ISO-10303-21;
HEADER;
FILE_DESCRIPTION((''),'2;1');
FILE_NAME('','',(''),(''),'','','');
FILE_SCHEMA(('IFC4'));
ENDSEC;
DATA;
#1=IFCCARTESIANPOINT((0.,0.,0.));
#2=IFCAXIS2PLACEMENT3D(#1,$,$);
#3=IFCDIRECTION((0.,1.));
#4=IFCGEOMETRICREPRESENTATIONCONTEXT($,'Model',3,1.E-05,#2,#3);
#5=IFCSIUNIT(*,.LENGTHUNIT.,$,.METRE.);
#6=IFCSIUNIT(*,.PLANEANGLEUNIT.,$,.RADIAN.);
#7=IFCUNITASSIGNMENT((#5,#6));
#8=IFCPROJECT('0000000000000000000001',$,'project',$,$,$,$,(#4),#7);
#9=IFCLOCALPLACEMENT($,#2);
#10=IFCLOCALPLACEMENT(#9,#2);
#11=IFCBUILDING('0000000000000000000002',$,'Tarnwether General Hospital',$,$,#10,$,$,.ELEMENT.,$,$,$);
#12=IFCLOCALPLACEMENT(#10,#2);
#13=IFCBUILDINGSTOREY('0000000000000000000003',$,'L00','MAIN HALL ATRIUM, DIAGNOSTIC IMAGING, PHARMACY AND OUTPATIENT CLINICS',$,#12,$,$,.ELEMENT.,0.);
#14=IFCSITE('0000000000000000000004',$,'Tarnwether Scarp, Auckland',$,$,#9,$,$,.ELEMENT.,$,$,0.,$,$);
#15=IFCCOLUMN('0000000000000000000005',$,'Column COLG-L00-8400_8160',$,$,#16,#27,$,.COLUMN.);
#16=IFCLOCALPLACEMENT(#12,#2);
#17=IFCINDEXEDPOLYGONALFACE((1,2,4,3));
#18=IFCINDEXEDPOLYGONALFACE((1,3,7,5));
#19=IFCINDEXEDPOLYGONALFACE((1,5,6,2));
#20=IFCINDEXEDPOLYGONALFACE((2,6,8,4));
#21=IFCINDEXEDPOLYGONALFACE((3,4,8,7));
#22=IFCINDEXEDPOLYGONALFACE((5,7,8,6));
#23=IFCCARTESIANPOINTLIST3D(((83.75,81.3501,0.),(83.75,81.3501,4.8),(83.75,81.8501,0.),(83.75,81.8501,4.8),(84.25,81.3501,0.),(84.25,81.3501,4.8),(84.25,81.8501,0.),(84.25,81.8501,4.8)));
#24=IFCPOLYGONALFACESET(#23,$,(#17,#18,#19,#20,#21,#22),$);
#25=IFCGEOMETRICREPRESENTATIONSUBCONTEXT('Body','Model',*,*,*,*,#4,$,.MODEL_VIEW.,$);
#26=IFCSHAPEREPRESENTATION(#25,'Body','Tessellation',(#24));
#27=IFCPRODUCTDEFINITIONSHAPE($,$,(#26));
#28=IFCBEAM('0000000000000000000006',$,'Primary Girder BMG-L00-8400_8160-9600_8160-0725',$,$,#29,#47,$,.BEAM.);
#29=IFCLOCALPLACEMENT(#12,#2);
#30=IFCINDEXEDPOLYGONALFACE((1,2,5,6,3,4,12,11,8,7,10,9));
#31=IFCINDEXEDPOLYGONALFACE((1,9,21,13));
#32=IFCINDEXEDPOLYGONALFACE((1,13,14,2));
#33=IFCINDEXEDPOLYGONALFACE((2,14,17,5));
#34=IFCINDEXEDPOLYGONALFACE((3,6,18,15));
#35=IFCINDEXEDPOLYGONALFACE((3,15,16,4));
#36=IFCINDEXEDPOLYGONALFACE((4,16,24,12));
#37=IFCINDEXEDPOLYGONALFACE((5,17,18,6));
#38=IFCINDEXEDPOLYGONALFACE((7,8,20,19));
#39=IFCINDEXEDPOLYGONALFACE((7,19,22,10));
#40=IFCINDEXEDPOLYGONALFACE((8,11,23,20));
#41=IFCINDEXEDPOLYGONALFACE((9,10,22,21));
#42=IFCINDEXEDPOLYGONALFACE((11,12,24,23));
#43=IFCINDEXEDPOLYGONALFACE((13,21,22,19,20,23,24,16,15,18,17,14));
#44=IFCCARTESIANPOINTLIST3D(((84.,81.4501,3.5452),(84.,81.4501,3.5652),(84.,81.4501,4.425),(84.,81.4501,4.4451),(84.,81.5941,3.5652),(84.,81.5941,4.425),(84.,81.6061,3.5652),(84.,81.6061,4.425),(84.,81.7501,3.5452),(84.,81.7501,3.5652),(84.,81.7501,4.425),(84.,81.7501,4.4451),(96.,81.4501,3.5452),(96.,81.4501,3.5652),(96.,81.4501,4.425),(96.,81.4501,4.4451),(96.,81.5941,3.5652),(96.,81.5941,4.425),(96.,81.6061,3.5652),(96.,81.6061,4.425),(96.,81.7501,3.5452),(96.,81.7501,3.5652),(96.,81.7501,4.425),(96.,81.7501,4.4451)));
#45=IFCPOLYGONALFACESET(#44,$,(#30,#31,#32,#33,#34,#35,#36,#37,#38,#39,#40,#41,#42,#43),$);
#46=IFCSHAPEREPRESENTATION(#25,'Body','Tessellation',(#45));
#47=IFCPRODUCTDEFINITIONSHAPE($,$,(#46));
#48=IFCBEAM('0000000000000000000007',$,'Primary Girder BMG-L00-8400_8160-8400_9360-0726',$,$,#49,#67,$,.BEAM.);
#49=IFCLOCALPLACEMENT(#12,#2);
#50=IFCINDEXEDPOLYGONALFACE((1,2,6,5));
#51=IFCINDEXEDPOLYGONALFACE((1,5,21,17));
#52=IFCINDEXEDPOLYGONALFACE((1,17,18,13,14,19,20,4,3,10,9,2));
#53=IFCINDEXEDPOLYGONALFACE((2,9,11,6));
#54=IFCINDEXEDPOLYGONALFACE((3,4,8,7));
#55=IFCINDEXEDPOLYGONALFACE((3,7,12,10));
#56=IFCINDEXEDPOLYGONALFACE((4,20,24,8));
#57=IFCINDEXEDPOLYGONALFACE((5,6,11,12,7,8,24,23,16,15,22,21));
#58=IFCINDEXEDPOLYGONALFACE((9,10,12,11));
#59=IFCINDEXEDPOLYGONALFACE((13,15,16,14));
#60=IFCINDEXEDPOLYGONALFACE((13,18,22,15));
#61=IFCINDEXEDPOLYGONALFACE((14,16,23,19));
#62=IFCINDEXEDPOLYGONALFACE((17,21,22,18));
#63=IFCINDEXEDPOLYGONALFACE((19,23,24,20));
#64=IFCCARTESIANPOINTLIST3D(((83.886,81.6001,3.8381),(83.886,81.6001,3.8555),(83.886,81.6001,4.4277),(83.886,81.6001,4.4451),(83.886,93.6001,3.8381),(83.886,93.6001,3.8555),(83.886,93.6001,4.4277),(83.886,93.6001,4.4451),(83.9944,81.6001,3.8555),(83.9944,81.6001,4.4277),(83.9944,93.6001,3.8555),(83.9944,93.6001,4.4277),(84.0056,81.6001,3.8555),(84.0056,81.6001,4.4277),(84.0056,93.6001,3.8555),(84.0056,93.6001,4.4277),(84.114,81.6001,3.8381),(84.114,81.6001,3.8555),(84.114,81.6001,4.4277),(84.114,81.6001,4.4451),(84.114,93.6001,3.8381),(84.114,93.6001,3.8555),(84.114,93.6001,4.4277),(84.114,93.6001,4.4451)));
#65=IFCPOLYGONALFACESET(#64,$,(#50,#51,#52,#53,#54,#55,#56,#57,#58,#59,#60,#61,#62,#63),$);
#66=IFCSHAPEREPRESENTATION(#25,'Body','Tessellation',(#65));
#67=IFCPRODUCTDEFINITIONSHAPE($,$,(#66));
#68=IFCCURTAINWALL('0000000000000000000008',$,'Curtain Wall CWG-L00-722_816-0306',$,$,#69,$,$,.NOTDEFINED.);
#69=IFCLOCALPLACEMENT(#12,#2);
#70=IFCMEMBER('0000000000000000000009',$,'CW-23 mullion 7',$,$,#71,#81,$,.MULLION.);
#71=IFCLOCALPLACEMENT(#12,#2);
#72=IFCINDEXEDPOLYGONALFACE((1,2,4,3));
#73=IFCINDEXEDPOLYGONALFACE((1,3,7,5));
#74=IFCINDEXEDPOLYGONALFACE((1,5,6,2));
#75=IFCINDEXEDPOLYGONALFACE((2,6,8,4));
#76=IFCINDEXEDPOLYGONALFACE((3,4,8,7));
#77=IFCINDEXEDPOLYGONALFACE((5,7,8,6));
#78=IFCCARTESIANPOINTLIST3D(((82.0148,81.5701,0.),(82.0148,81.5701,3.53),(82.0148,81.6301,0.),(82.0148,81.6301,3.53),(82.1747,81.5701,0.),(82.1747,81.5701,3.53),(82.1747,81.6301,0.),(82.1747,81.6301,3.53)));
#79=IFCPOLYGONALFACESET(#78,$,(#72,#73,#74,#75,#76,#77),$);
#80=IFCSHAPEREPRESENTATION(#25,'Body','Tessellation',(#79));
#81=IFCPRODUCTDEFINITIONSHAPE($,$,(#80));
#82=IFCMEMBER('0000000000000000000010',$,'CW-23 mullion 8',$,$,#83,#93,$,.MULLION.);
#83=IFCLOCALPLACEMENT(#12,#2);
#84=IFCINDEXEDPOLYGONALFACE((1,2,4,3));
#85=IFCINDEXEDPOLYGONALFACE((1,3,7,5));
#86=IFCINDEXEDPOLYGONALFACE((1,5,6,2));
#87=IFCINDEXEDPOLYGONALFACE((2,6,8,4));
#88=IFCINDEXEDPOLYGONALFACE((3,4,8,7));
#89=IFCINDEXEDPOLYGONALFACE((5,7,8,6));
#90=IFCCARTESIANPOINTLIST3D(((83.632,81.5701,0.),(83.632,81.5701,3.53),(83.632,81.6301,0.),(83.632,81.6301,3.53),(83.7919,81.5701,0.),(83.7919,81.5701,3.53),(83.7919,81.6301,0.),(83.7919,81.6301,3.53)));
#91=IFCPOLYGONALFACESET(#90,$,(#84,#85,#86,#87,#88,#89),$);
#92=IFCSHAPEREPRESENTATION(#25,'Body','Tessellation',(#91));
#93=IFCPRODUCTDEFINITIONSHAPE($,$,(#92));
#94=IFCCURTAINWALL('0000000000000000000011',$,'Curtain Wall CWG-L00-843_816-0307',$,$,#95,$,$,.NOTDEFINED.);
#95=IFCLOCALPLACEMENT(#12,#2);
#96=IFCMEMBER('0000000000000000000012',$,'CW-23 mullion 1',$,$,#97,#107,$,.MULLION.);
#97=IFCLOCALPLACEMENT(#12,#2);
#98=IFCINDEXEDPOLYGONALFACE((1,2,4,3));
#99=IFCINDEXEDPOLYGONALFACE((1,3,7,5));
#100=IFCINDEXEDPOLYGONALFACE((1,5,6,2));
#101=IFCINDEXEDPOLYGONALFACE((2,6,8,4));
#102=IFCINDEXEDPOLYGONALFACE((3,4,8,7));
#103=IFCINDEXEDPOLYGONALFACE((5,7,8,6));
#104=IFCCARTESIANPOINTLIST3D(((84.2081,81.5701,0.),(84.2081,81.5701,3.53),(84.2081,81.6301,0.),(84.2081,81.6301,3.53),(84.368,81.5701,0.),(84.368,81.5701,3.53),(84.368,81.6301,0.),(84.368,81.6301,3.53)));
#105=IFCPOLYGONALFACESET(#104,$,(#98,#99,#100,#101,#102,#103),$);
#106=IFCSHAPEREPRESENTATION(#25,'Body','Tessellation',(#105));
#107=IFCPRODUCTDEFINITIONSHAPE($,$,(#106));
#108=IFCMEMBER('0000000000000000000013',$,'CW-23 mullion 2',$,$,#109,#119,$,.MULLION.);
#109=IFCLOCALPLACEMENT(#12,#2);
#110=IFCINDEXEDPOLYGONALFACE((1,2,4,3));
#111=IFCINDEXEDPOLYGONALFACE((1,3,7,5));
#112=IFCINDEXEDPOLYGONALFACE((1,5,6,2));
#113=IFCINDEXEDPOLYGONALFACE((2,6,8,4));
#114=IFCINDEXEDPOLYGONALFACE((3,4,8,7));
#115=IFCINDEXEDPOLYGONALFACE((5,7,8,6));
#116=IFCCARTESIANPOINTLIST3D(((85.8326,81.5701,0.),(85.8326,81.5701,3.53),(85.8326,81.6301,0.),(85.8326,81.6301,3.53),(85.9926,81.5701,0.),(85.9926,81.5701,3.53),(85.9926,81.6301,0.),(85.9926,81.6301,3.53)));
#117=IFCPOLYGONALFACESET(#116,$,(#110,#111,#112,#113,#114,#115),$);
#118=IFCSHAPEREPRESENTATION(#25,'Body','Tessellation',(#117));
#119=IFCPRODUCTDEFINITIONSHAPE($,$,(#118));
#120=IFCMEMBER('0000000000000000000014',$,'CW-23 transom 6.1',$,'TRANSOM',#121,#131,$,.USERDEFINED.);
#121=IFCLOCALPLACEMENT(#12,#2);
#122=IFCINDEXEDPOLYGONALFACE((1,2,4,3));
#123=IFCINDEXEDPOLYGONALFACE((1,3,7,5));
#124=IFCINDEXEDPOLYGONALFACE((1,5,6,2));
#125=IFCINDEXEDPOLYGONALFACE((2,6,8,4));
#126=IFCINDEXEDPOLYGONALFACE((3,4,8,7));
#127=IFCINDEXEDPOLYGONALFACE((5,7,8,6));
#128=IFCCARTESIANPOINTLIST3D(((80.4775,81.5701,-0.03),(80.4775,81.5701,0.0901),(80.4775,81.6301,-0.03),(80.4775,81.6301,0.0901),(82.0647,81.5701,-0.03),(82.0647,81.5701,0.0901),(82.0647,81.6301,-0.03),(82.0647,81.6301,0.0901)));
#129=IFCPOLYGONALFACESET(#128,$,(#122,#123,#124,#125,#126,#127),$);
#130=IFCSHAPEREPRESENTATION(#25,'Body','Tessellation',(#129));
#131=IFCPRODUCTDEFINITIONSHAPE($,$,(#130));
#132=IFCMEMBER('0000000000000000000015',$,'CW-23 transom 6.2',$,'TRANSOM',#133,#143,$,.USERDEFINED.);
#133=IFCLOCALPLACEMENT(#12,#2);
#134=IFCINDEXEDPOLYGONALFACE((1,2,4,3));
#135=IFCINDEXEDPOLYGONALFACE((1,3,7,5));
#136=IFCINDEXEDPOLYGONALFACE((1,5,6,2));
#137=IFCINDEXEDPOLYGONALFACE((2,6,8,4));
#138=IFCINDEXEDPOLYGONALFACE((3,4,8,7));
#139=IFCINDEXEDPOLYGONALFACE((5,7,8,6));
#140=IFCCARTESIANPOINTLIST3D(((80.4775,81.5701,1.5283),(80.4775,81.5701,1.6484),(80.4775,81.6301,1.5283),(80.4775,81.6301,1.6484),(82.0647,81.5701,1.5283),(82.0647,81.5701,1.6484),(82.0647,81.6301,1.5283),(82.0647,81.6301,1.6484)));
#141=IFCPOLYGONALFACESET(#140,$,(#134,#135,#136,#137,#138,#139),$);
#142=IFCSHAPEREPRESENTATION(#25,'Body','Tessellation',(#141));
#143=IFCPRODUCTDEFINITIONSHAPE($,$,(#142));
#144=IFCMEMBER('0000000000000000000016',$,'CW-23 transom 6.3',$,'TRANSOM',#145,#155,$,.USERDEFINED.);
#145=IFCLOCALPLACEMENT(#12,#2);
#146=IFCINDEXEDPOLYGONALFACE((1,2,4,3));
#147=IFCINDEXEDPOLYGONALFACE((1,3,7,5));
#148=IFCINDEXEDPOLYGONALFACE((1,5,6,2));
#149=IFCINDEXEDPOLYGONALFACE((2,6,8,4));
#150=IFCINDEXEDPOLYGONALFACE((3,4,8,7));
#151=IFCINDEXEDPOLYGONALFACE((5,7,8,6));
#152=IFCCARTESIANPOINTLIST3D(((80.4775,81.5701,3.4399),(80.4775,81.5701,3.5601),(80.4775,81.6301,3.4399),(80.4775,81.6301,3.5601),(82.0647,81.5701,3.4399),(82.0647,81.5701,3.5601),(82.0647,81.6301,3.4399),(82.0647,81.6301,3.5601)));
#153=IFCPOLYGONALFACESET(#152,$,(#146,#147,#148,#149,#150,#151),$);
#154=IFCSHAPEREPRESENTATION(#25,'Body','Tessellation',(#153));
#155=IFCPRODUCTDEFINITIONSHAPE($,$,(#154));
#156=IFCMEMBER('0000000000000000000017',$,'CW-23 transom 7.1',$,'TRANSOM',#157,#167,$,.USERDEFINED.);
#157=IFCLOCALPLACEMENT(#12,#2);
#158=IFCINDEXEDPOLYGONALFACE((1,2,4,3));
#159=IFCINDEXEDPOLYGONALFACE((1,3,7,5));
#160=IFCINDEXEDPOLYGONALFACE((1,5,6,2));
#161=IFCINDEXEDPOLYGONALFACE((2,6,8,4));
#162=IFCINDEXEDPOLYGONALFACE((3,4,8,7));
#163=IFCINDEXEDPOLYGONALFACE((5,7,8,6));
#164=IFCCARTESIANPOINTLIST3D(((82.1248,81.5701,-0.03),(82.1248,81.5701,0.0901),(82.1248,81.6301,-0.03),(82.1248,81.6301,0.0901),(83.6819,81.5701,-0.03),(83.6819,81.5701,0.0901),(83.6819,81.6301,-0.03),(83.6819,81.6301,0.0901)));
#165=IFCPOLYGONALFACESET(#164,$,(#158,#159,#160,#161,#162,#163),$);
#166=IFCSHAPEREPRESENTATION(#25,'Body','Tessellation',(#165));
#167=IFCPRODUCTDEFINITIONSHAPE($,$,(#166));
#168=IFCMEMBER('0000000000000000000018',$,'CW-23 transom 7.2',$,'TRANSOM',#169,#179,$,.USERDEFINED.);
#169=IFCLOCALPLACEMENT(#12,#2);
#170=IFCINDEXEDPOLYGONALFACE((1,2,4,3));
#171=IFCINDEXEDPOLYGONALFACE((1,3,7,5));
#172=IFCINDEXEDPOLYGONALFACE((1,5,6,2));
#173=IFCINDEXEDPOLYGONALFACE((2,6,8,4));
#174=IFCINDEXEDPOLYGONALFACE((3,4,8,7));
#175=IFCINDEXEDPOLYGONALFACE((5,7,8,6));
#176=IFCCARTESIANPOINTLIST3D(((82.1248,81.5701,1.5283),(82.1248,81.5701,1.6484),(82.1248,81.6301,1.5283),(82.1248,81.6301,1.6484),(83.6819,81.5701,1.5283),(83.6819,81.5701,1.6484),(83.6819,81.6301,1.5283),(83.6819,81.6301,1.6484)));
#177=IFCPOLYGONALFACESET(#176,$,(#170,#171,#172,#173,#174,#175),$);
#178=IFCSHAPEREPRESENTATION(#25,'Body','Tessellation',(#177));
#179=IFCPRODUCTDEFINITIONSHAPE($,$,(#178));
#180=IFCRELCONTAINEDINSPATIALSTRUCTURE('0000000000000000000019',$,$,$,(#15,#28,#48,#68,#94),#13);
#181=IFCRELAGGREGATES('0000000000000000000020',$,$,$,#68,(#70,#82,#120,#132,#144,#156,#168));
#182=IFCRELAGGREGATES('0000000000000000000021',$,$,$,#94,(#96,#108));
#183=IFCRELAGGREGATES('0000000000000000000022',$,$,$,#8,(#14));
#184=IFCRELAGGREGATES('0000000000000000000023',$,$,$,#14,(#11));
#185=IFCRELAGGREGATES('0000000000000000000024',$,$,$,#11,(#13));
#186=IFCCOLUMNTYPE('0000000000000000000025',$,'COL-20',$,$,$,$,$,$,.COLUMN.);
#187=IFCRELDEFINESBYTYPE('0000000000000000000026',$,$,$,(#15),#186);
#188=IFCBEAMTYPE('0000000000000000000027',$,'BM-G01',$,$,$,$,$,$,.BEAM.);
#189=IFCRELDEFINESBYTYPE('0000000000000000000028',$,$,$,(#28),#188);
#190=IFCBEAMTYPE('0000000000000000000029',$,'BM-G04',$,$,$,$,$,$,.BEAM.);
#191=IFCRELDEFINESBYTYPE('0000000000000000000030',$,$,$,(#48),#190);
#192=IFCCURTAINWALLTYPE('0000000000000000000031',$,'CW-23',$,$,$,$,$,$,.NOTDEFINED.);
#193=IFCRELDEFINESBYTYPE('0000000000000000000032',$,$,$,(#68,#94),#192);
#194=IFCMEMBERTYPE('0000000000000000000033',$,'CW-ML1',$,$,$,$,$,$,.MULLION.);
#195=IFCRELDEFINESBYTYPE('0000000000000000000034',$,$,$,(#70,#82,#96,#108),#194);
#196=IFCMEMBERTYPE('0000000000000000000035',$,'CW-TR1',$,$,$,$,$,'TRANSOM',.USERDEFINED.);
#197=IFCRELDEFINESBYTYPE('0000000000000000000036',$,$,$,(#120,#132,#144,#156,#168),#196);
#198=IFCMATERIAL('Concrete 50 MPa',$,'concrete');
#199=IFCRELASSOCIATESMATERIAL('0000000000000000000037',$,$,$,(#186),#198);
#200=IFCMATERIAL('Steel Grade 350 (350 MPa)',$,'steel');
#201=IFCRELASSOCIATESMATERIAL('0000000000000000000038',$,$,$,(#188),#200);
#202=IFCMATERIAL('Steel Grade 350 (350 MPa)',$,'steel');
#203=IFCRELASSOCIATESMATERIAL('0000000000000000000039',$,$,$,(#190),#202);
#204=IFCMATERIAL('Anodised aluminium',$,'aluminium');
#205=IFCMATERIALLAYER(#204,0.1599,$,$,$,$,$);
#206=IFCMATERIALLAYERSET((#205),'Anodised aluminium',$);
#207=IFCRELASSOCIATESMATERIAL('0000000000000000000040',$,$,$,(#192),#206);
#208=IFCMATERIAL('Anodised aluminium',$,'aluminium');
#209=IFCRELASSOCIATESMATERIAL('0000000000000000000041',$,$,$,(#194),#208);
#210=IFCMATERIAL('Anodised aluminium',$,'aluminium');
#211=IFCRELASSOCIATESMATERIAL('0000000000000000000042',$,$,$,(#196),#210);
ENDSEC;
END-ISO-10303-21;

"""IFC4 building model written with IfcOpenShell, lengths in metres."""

from ifc_helpers import new_model, si_unit, direction, frame, origin, origin_2d, place, context, subcontext, project, spatial, rectangle, i_section, extrude, material, layer, layer_set, material_profile, profile_set, type_object, element, aggregate, save


model = new_model("IFC4")

# Units and contexts
model_context = context("Model", 3, precision=1e-05, world=origin(), true_north=direction((0.0, 1.0)))
body_context = subcontext(model_context, "Body", "Model", "MODEL_VIEW")
ifc_project = project(units=[si_unit("LENGTHUNIT", "METRE"), si_unit("PLANEANGLEUNIT", "RADIAN")], contexts=[model_context])

# Site, building, storey
site_placement = place(None, origin())
site = spatial("IfcSite", under=ifc_project, at=site_placement, Name="Tarnwether Scarp, Auckland", CompositionType="ELEMENT", RefElevation=0.0)
building_placement = place(site_placement, origin())
building = spatial("IfcBuilding", under=site, at=building_placement, Name="Tarnwether General Hospital", CompositionType="ELEMENT")
storey_placement = place(building_placement, origin())
storey = spatial("IfcBuildingStorey", under=building, at=storey_placement, Name="L00", Description="MAIN HALL ATRIUM, DIAGNOSTIC IMAGING, PHARMACY AND OUTPATIENT CLINICS", CompositionType="ELEMENT", Elevation=0.0)

# Column
ifc_material_1 = material(Name="Concrete 50 MPa", Category="concrete")
ifc_material_profile_1 = material_profile(ifc_material_1, rectangle(XDim=0.5, YDim=0.5, at=origin_2d()), Name="RC-COL-500x500")
ifc_profile_set_1 = profile_set([ifc_material_profile_1], Name="Concrete 50 MPa")
column_type = type_object("IfcColumnType", Name="COL-20", PredefinedType="COLUMN", material=ifc_profile_set_1)
column_placement = place(storey_placement, frame((84.0, 81.6001, 0.0), z_axis=(0.0, 0.0, 1.0), x_axis=(0.0, 1.0, 0.0)))
element("IfcColumn", 1, at=column_placement, inside=storey, type_object=column_type, Name="Column COLG-L00-8400_8160", PredefinedType="COLUMN", context=body_context, shape_type="SweptSolid", body=[
    extrude(rectangle(XDim=0.5, YDim=0.5, at=origin_2d()), origin(), (0.0, 0.0, 1.0), 4.8),
])

# Beams
ifc_material_2 = material(Name="Steel Grade 350 (350 MPa)", Category="steel")
ifc_material_profile_2 = material_profile(ifc_material_2, i_section(OverallWidth=0.3, OverallDepth=0.8999, WebThickness=0.012, FlangeThickness=0.02, at=origin_2d()), Name="900WB175")
ifc_profile_set_2 = profile_set([ifc_material_profile_2], Name="Steel Grade 350 (350 MPa)")
beam_type_1 = type_object("IfcBeamType", Name="BM-G01", PredefinedType="BEAM", material=ifc_profile_set_2)
beam_1_placement = place(storey_placement, frame((84.0, 81.6001, 3.9951), z_axis=(1.0, 0.0, 0.0), x_axis=(0.0, 1.0, 0.0)))
element("IfcBeam", 2, at=beam_1_placement, inside=storey, type_object=beam_type_1, Name="Primary Girder BMG-L00-8400_8160-9600_8160-0725", PredefinedType="BEAM", context=body_context, shape_type="SweptSolid", body=[
    extrude(i_section(OverallWidth=0.3, OverallDepth=0.8999, WebThickness=0.012, FlangeThickness=0.02, at=origin_2d()), origin(), (0.0, 0.0, 1.0), 12.0),
])
ifc_material_3 = material(Name="Steel Grade 350 (350 MPa)", Category="steel")
ifc_material_profile_3 = material_profile(ifc_material_3, i_section(OverallWidth=0.228, OverallDepth=0.6069, WebThickness=0.0112, FlangeThickness=0.0173, at=origin_2d()), Name="610UB113")
ifc_profile_set_3 = profile_set([ifc_material_profile_3], Name="Steel Grade 350 (350 MPa)")
beam_type_2 = type_object("IfcBeamType", Name="BM-G04", PredefinedType="BEAM", material=ifc_profile_set_3)
beam_2_placement = place(storey_placement, frame((84.0, 81.6001, 4.1416), z_axis=(0.0, 1.0, 0.0), x_axis=(-1.0, 0.0, 0.0)))
element("IfcBeam", 3, at=beam_2_placement, inside=storey, type_object=beam_type_2, Name="Primary Girder BMG-L00-8400_8160-8400_9360-0726", PredefinedType="BEAM", context=body_context, shape_type="SweptSolid", body=[
    extrude(i_section(OverallWidth=0.228, OverallDepth=0.6069, WebThickness=0.0112, FlangeThickness=0.0173, at=origin_2d()), origin(), (0.0, 0.0, 1.0), 12.0),
])

# Curtain walls, members
ifc_material_4 = material(Name="Anodised aluminium", Category="aluminium")
ifc_layer_1 = layer(ifc_material_4, 0.1599)
ifc_layer_set_1 = layer_set([ifc_layer_1], Name="Anodised aluminium")
curtain_wall_type = type_object("IfcCurtainWallType", Name="CW-23", PredefinedType="NOTDEFINED", material=ifc_layer_set_1)
curtain_wall_1_placement = place(storey_placement, origin())
curtain_wall_1 = element("IfcCurtainWall", 4, at=curtain_wall_1_placement, inside=storey, type_object=curtain_wall_type, Name="Curtain Wall CWG-L00-722_816-0306", PredefinedType="NOTDEFINED")
ifc_material_5 = material(Name="Anodised aluminium", Category="aluminium")
ifc_material_profile_4 = material_profile(ifc_material_5, rectangle(XDim=0.0601, YDim=0.1599, at=origin_2d()), Name="ALU-MUL-60x160")
ifc_profile_set_4 = profile_set([ifc_material_profile_4], Name="Anodised aluminium")
member_type_1 = type_object("IfcMemberType", Name="CW-ML1", PredefinedType="MULLION", material=ifc_profile_set_4)
member_1_placement = place(storey_placement, frame((82.0947, 81.6001, 0.0), z_axis=(0.0, 0.0, 1.0), x_axis=(0.0, 1.0, 0.0)))
member_1 = element("IfcMember", 5, at=member_1_placement, type_object=member_type_1, Name="CW-23 mullion 7", PredefinedType="MULLION", context=body_context, shape_type="SweptSolid", body=[
    extrude(rectangle(XDim=0.0601, YDim=0.1599, at=origin_2d()), origin(), (0.0, 0.0, 1.0), 3.53),
])
member_2_placement = place(storey_placement, frame((83.7119, 81.6001, 0.0), z_axis=(0.0, 0.0, 1.0), x_axis=(0.0, 1.0, 0.0)))
member_2 = element("IfcMember", 6, at=member_2_placement, type_object=member_type_1, Name="CW-23 mullion 8", PredefinedType="MULLION", context=body_context, shape_type="SweptSolid", body=[
    extrude(rectangle(XDim=0.0601, YDim=0.1599, at=origin_2d()), origin(), (0.0, 0.0, 1.0), 3.53),
])
curtain_wall_2_placement = place(storey_placement, origin())
curtain_wall_2 = element("IfcCurtainWall", 7, at=curtain_wall_2_placement, inside=storey, type_object=curtain_wall_type, Name="Curtain Wall CWG-L00-843_816-0307", PredefinedType="NOTDEFINED")
member_3_placement = place(storey_placement, frame((84.2881, 81.6001, 0.0), z_axis=(0.0, 0.0, 1.0), x_axis=(0.0, 1.0, 0.0)))
member_3 = element("IfcMember", 8, at=member_3_placement, type_object=member_type_1, Name="CW-23 mullion 1", PredefinedType="MULLION", context=body_context, shape_type="SweptSolid", body=[
    extrude(rectangle(XDim=0.0601, YDim=0.1599, at=origin_2d()), origin(), (0.0, 0.0, 1.0), 3.53),
])
member_4_placement = place(storey_placement, frame((85.9126, 81.6001, 0.0), z_axis=(0.0, 0.0, 1.0), x_axis=(0.0, 1.0, 0.0)))
member_4 = element("IfcMember", 9, at=member_4_placement, type_object=member_type_1, Name="CW-23 mullion 2", PredefinedType="MULLION", context=body_context, shape_type="SweptSolid", body=[
    extrude(rectangle(XDim=0.0601, YDim=0.1599, at=origin_2d()), origin(), (0.0, 0.0, 1.0), 3.53),
])

# Members
ifc_material_6 = material(Name="Anodised aluminium", Category="aluminium")
ifc_material_profile_5 = material_profile(ifc_material_6, rectangle(XDim=0.0601, YDim=0.1201, at=origin_2d()), Name="ALU-TRN-60x120")
ifc_profile_set_5 = profile_set([ifc_material_profile_5], Name="Anodised aluminium")
member_type_2 = type_object("IfcMemberType", Name="CW-TR1", ElementType="TRANSOM", PredefinedType="USERDEFINED", material=ifc_profile_set_5)
member_5_placement = place(storey_placement, frame((80.4775, 81.6001, 0.03), z_axis=(1.0, 0.0, 0.0), x_axis=(0.0, 1.0, 0.0)))
member_5 = element("IfcMember", 10, at=member_5_placement, type_object=member_type_2, Name="CW-23 transom 6.1", ObjectType="TRANSOM", PredefinedType="USERDEFINED", context=body_context, shape_type="SweptSolid", body=[
    extrude(rectangle(XDim=0.0601, YDim=0.1201, at=origin_2d()), origin(), (0.0, 0.0, 1.0), 1.5872),
])
member_6_placement = place(storey_placement, frame((80.4775, 81.6001, 1.5884), z_axis=(1.0, 0.0, 0.0), x_axis=(0.0, 1.0, 0.0)))
member_6 = element("IfcMember", 11, at=member_6_placement, type_object=member_type_2, Name="CW-23 transom 6.2", ObjectType="TRANSOM", PredefinedType="USERDEFINED", context=body_context, shape_type="SweptSolid", body=[
    extrude(rectangle(XDim=0.0601, YDim=0.1201, at=origin_2d()), origin(), (0.0, 0.0, 1.0), 1.5872),
])
member_7_placement = place(storey_placement, frame((80.4775, 81.6001, 3.5), z_axis=(1.0, 0.0, 0.0), x_axis=(0.0, 1.0, 0.0)))
member_7 = element("IfcMember", 12, at=member_7_placement, type_object=member_type_2, Name="CW-23 transom 6.3", ObjectType="TRANSOM", PredefinedType="USERDEFINED", context=body_context, shape_type="SweptSolid", body=[
    extrude(rectangle(XDim=0.0601, YDim=0.1201, at=origin_2d()), origin(), (0.0, 0.0, 1.0), 1.5872),
])
member_8_placement = place(storey_placement, frame((82.1248, 81.6001, 0.03), z_axis=(1.0, 0.0, 0.0), x_axis=(0.0, 1.0, 0.0)))
member_8 = element("IfcMember", 13, at=member_8_placement, type_object=member_type_2, Name="CW-23 transom 7.1", ObjectType="TRANSOM", PredefinedType="USERDEFINED", context=body_context, shape_type="SweptSolid", body=[
    extrude(rectangle(XDim=0.0601, YDim=0.1201, at=origin_2d()), origin(), (0.0, 0.0, 1.0), 1.5571),
])
member_9_placement = place(storey_placement, frame((82.1248, 81.6001, 1.5884), z_axis=(1.0, 0.0, 0.0), x_axis=(0.0, 1.0, 0.0)))
member_9 = element("IfcMember", 14, at=member_9_placement, type_object=member_type_2, Name="CW-23 transom 7.2", ObjectType="TRANSOM", PredefinedType="USERDEFINED", context=body_context, shape_type="SweptSolid", body=[
    extrude(rectangle(XDim=0.0601, YDim=0.1201, at=origin_2d()), origin(), (0.0, 0.0, 1.0), 1.5571),
])

aggregate(curtain_wall_1, [member_1, member_2, member_5, member_6, member_7, member_8, member_9])
aggregate(curtain_wall_2, [member_3, member_4])

save(model, "model.ifc")
